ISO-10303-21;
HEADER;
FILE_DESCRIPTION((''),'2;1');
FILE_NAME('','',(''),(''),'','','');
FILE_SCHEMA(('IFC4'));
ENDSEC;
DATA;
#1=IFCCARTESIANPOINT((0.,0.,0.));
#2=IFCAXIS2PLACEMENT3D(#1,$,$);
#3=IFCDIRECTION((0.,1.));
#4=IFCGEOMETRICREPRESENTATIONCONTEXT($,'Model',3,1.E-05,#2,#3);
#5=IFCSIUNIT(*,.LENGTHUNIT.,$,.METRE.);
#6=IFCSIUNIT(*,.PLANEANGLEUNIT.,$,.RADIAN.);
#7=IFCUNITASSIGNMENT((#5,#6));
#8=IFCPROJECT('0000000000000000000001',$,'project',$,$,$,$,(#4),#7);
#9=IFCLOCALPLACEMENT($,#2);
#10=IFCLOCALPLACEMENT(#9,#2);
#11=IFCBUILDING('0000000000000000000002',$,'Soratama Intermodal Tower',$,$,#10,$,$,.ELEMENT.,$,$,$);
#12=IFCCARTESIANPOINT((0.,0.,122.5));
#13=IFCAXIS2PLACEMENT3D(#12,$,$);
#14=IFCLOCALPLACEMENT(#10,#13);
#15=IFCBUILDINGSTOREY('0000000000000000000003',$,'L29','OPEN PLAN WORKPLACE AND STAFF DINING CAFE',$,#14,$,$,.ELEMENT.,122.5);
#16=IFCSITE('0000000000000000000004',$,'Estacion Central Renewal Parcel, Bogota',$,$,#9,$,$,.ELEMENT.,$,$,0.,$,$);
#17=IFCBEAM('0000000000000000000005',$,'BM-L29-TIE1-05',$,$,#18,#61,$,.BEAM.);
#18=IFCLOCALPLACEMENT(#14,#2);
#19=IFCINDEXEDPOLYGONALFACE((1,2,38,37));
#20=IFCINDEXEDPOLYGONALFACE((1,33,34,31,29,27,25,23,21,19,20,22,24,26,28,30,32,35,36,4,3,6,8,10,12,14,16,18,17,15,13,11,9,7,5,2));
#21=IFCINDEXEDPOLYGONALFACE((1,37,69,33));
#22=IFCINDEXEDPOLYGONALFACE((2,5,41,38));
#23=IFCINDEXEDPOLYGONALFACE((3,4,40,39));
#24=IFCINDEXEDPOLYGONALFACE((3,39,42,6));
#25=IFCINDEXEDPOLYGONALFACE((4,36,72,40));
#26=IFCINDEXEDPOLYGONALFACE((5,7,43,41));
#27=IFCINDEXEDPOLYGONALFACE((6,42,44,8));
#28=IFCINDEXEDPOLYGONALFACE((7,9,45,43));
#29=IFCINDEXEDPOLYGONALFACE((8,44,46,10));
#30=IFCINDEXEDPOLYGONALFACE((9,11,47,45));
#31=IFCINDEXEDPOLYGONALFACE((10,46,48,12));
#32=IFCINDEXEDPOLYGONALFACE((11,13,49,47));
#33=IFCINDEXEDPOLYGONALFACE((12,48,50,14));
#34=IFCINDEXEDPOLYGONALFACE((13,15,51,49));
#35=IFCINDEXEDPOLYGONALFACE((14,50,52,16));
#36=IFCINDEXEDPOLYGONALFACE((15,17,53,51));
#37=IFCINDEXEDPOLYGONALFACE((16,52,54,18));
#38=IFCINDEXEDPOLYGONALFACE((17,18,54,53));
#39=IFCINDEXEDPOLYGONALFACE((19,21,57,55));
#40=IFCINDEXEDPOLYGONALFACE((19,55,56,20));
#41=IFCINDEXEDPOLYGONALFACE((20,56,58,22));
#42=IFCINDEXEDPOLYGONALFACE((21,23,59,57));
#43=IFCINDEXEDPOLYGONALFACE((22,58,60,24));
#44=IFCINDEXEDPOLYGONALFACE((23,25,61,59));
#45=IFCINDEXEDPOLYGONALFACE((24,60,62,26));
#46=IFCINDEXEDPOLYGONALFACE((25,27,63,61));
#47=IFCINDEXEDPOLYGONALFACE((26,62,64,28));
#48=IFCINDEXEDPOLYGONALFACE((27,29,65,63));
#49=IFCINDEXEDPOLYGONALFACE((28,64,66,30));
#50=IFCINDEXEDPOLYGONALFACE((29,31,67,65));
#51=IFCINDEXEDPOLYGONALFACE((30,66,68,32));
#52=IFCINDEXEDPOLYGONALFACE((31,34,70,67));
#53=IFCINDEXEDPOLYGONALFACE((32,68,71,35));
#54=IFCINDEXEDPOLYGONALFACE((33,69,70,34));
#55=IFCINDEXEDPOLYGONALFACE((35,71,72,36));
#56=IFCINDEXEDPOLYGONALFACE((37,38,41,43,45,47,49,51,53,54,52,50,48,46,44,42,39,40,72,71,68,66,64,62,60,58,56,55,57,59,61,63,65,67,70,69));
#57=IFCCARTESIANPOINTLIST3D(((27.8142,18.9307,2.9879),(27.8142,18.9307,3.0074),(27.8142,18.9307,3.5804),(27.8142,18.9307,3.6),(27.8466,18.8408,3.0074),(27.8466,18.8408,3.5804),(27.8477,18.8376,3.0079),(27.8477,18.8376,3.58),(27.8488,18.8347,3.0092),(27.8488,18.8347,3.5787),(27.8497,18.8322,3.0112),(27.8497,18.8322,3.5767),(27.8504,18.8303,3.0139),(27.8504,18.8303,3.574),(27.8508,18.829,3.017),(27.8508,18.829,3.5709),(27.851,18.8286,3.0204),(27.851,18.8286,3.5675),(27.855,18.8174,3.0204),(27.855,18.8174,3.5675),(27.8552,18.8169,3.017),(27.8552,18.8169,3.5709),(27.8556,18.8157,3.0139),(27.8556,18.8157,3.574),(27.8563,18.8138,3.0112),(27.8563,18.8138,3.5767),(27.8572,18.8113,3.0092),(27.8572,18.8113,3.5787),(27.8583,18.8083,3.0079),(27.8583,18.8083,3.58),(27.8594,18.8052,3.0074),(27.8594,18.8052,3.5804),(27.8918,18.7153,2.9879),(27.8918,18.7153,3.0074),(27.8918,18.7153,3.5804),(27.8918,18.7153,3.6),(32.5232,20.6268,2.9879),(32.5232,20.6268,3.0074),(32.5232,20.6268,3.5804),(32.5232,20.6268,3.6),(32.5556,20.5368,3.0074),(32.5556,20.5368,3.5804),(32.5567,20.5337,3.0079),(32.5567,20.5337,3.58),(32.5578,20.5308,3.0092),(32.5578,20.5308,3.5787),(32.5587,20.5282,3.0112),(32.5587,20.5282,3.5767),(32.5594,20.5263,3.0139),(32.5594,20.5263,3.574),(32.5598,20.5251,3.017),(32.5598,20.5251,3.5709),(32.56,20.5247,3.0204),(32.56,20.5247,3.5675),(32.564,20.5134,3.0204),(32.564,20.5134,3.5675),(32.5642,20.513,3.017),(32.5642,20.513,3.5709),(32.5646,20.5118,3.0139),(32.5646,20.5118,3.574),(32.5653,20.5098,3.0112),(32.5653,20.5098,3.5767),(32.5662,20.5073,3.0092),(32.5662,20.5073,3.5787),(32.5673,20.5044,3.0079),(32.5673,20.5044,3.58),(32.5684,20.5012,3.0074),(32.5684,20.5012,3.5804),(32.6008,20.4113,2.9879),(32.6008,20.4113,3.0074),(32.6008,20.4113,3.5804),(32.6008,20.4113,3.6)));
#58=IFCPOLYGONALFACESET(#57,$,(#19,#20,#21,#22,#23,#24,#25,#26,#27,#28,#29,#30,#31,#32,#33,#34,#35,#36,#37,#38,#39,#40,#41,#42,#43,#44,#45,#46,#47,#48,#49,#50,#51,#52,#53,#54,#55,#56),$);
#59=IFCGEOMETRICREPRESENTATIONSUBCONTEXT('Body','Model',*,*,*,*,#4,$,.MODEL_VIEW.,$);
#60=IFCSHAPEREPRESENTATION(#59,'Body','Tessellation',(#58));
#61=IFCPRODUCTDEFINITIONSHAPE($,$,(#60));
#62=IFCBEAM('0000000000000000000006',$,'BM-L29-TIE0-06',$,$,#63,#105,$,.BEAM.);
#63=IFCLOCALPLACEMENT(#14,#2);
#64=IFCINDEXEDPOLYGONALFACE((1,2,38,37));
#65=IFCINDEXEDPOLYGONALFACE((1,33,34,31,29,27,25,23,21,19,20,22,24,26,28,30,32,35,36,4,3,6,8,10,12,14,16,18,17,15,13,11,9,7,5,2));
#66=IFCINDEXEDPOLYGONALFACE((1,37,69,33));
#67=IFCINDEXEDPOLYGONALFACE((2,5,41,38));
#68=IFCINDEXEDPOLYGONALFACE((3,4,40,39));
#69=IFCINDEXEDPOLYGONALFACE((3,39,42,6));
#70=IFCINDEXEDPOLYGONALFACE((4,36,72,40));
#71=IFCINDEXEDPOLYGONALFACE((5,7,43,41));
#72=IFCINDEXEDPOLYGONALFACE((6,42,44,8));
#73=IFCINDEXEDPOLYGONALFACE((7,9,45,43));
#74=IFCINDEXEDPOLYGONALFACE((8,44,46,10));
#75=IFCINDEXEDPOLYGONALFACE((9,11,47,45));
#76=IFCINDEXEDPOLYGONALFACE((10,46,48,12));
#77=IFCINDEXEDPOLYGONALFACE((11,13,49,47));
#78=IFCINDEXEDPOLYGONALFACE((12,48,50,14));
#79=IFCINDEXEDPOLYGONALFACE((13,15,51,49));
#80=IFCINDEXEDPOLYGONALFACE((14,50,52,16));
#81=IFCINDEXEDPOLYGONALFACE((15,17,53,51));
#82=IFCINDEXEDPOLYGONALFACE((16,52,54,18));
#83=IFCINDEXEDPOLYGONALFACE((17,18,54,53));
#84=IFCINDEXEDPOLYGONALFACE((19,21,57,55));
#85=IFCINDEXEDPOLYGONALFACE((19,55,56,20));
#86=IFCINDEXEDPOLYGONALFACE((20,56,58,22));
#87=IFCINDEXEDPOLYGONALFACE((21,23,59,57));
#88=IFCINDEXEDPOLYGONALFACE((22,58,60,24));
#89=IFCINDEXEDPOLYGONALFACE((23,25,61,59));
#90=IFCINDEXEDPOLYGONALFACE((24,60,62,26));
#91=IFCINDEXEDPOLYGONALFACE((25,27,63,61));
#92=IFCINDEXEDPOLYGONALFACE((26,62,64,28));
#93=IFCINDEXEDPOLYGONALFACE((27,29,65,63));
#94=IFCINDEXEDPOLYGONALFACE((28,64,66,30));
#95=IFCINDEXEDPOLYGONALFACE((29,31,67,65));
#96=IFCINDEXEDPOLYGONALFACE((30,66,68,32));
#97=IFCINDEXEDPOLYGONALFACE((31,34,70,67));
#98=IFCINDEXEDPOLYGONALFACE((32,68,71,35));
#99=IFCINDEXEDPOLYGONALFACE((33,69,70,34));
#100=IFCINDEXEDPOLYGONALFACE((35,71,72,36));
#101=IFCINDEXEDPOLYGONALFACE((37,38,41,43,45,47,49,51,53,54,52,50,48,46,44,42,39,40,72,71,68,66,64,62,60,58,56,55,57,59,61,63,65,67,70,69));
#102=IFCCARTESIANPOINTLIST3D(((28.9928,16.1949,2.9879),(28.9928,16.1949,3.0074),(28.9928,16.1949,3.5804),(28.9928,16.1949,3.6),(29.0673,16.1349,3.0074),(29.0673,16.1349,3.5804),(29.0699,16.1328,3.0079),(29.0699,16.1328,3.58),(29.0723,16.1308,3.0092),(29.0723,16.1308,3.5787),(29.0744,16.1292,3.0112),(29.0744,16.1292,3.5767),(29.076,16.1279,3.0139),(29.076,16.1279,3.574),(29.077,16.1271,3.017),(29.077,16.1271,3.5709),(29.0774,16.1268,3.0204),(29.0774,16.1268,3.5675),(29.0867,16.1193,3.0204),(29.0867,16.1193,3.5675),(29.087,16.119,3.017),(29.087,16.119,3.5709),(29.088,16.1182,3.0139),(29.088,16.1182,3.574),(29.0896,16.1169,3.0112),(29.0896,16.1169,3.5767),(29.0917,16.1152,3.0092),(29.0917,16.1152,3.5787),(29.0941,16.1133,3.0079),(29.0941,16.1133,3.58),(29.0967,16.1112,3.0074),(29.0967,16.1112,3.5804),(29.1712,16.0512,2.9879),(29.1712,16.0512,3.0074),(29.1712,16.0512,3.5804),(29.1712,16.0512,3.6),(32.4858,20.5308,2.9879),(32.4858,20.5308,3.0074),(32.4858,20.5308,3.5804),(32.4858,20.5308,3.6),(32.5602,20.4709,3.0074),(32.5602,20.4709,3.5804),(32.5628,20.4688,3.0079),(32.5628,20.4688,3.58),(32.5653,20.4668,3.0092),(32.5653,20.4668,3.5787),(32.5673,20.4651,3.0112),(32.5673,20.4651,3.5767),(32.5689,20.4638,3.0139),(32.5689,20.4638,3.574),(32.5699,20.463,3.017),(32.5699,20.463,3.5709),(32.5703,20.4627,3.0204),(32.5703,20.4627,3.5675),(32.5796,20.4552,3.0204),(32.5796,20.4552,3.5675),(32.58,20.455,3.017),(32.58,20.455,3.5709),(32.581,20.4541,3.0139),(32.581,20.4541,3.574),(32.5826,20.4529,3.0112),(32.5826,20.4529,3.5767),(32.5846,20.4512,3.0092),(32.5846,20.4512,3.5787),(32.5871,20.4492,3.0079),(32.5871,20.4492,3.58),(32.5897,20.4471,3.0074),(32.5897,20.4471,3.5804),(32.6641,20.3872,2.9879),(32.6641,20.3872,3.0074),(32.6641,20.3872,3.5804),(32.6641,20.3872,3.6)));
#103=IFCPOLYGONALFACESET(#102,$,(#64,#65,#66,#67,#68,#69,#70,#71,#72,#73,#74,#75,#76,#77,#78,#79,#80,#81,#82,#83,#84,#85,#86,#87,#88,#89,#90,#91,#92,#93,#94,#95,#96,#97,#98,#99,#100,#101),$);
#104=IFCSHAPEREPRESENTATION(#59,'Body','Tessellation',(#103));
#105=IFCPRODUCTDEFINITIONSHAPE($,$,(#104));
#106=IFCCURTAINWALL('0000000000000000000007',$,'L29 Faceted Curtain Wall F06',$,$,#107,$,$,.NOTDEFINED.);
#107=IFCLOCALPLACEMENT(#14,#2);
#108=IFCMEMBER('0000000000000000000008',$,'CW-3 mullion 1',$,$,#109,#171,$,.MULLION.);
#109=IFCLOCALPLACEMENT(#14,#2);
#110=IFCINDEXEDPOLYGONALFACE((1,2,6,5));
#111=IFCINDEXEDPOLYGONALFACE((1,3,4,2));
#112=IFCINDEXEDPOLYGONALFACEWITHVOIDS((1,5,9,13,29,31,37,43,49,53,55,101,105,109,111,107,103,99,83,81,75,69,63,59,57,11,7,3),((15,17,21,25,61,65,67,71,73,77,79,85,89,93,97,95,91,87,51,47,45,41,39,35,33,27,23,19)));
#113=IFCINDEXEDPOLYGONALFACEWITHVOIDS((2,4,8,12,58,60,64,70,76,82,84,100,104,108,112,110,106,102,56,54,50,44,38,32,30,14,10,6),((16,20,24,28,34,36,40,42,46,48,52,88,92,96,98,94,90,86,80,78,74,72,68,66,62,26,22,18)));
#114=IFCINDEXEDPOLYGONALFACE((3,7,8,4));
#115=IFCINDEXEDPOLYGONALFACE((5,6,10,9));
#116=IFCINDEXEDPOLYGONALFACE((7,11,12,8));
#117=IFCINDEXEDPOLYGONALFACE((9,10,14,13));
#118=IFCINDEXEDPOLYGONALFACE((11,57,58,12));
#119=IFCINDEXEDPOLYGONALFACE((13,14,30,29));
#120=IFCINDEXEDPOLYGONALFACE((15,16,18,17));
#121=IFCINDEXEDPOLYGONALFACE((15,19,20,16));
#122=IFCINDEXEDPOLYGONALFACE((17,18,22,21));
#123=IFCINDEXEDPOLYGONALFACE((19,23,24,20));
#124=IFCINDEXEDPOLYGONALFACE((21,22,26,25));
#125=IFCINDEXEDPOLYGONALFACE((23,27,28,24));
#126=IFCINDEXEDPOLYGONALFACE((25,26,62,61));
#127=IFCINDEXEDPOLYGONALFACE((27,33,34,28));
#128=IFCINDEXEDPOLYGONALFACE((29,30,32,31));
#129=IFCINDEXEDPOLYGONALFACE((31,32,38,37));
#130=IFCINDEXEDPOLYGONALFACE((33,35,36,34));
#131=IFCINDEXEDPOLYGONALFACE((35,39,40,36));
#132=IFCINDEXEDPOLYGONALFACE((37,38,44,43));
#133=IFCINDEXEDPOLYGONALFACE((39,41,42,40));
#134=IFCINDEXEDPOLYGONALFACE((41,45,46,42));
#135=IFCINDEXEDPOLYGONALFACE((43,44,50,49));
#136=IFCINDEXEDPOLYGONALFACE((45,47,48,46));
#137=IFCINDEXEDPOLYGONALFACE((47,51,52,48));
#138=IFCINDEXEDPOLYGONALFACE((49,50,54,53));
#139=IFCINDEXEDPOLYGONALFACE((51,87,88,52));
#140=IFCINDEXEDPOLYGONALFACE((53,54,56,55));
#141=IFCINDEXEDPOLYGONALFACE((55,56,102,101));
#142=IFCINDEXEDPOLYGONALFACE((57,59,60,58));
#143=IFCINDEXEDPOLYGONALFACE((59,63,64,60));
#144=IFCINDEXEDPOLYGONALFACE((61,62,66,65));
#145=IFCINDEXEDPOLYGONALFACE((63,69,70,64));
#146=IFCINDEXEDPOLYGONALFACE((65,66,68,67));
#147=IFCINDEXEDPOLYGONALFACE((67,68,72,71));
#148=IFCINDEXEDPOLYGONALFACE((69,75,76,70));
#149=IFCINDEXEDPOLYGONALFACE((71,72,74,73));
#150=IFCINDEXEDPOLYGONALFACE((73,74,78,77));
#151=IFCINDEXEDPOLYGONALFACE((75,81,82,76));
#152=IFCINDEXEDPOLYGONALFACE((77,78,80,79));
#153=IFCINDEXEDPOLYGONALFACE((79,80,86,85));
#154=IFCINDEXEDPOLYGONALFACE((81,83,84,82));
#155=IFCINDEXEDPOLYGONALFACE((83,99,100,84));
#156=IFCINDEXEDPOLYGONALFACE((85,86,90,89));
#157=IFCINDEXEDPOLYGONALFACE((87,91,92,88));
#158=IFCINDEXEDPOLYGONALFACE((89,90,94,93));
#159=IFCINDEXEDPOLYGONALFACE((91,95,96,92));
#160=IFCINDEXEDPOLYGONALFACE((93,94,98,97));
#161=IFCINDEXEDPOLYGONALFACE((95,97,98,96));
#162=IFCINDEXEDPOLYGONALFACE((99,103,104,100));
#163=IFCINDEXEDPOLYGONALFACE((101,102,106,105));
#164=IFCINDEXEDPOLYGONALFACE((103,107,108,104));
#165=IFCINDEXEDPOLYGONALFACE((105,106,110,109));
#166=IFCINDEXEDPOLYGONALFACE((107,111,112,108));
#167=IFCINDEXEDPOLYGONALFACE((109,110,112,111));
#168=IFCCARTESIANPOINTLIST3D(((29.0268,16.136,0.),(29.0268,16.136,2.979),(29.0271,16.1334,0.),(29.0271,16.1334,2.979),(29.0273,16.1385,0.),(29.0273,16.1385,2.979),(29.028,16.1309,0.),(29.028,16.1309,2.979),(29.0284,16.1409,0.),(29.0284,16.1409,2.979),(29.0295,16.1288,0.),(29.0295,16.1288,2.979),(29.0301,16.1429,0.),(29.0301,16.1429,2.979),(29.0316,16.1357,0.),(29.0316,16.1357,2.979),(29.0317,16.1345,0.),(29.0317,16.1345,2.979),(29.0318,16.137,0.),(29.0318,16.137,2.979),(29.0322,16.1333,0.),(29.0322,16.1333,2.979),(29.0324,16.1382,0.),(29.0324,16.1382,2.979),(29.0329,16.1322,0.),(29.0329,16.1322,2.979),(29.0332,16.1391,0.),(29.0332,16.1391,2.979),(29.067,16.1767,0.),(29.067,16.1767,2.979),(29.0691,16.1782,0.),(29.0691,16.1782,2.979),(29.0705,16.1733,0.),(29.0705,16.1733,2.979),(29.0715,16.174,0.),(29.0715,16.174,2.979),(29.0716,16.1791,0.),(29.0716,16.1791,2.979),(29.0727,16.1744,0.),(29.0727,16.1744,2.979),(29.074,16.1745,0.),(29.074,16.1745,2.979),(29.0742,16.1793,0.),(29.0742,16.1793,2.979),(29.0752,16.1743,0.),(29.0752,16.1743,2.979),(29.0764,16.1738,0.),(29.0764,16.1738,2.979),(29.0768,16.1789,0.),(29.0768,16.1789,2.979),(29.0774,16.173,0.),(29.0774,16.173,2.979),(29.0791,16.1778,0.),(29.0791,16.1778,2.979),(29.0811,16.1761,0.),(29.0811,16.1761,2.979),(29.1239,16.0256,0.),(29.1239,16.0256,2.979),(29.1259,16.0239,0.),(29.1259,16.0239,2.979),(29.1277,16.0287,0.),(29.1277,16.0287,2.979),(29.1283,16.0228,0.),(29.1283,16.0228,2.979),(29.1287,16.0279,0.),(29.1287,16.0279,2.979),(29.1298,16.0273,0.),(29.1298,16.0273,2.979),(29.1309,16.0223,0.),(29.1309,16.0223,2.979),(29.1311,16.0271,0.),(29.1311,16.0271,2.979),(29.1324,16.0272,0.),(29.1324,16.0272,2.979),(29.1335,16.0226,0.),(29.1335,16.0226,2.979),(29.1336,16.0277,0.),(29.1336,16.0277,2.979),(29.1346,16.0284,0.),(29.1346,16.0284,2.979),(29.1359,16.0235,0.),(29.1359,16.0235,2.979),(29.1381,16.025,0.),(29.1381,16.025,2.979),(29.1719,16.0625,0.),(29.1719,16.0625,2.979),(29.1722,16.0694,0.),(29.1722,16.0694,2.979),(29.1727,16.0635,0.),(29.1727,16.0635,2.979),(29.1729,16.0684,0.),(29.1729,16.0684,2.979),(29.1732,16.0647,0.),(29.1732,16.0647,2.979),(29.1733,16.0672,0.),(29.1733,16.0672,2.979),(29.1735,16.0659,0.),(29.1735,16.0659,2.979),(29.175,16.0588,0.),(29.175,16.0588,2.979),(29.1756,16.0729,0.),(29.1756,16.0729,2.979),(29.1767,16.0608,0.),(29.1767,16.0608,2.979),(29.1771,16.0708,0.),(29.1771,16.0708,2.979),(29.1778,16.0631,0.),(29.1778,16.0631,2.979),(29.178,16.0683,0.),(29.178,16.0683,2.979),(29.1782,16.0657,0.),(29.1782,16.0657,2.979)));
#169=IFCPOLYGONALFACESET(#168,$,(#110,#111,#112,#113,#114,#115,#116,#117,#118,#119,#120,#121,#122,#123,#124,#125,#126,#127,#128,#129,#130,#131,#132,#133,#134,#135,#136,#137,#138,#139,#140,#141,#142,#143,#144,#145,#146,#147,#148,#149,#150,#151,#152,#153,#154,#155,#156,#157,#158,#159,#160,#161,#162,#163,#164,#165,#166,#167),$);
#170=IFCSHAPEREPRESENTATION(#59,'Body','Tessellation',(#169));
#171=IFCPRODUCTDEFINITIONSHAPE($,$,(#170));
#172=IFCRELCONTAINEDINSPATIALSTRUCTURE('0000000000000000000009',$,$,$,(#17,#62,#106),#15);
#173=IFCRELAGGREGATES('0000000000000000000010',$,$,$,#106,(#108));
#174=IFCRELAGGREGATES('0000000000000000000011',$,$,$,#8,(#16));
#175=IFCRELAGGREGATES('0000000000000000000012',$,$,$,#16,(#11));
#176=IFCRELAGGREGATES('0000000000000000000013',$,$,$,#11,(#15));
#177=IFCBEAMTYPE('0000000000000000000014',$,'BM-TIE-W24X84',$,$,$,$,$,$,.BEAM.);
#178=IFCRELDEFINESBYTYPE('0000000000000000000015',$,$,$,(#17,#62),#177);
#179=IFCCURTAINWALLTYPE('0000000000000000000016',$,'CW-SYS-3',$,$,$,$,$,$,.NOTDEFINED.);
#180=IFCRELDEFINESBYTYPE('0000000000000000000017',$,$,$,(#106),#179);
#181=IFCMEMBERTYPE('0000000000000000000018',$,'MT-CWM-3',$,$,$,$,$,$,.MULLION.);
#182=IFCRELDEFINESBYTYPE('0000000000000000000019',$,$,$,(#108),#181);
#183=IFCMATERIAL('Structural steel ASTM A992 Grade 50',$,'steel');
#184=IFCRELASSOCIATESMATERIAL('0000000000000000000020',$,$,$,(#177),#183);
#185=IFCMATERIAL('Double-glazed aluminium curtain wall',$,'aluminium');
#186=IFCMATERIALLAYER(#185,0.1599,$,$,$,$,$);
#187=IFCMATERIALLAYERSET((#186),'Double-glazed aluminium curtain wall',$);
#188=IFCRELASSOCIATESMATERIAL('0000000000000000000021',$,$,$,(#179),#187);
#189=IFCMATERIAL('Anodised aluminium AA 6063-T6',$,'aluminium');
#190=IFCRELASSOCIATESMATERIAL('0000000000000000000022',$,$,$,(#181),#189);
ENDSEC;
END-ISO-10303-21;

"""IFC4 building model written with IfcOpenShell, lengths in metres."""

from ifc_helpers import new_model, si_unit, direction, frame, origin, origin_2d, place, context, subcontext, project, spatial, hollow_rectangle, i_section, extrude, material, layer, layer_set, material_profile, profile_set, type_object, element, aggregate, save


model = new_model("IFC4")

# Units and contexts
model_context = context("Model", 3, precision=1e-05, world=origin(), true_north=direction((0.0, 1.0)))
body_context = subcontext(model_context, "Body", "Model", "MODEL_VIEW")
ifc_project = project(units=[si_unit("LENGTHUNIT", "METRE"), si_unit("PLANEANGLEUNIT", "RADIAN")], contexts=[model_context])

# Site, building, storey
site_placement = place(None, origin())
site = spatial("IfcSite", under=ifc_project, at=site_placement, Name="Estacion Central Renewal Parcel, Bogota", CompositionType="ELEMENT", RefElevation=0.0)
building_placement = place(site_placement, origin())
building = spatial("IfcBuilding", under=site, at=building_placement, Name="Soratama Intermodal Tower", CompositionType="ELEMENT")
storey_placement = place(building_placement, frame((0.0, 0.0, 122.5)))
storey = spatial("IfcBuildingStorey", under=building, at=storey_placement, Name="L29", Description="OPEN PLAN WORKPLACE AND STAFF DINING CAFE", CompositionType="ELEMENT", Elevation=122.5)

# Beams
ifc_material_1 = material(Name="Structural steel ASTM A992 Grade 50", Category="steel")
ifc_material_profile_1 = material_profile(ifc_material_1, i_section(OverallWidth=0.229, OverallDepth=0.6121, WebThickness=0.012, FlangeThickness=0.0195, FilletRadius=0.0129, at=origin_2d()), Name="W24X84")
ifc_profile_set_1 = profile_set([ifc_material_profile_1], Name="Structural steel ASTM A992 Grade 50")
beam_type_1 = type_object("IfcBeamType", Name="BM-TIE-W24X84", PredefinedType="BEAM", material=ifc_profile_set_1)
beam_1_placement = place(storey_placement, frame((32.562, 20.519, 3.2939), z_axis=(-0.940836, -0.338863, 0.0), x_axis=(0.338863, -0.940836, 0.0)))
element("IfcBeam", 1, at=beam_1_placement, inside=storey, type_object=beam_type_1, Name="BM-L29-TIE1-05", PredefinedType="BEAM", context=body_context, shape_type="SweptSolid", body=[
    extrude(i_section(OverallWidth=0.229, OverallDepth=0.6121, WebThickness=0.012, FlangeThickness=0.0195, FilletRadius=0.0129, at=origin_2d()), origin(), (0.0, 0.0, 1.0), 5.0051),
])
beam_2_placement = place(storey_placement, frame((32.575, 20.459, 3.2939), z_axis=(-0.627338, -0.778747, 0.0), x_axis=(0.778747, -0.627338, 0.0)))
element("IfcBeam", 2, at=beam_2_placement, inside=storey, type_object=beam_type_1, Name="BM-L29-TIE0-06", PredefinedType="BEAM", context=body_context, shape_type="SweptSolid", body=[
    extrude(i_section(OverallWidth=0.229, OverallDepth=0.6121, WebThickness=0.012, FlangeThickness=0.0195, FilletRadius=0.0129, at=origin_2d()), origin(), (0.0, 0.0, 1.0), 5.5679),
])

# Curtain wall, member
ifc_material_2 = material(Name="Double-glazed aluminium curtain wall", Category="aluminium")
ifc_layer_1 = layer(ifc_material_2, 0.1599)
ifc_layer_set_1 = layer_set([ifc_layer_1], Name="Double-glazed aluminium curtain wall")
curtain_wall_type = type_object("IfcCurtainWallType", Name="CW-SYS-3", PredefinedType="NOTDEFINED", material=ifc_layer_set_1)
curtain_wall_placement = place(storey_placement, origin())
curtain_wall = element("IfcCurtainWall", 3, at=curtain_wall_placement, inside=storey, type_object=curtain_wall_type, Name="L29 Faceted Curtain Wall F06", PredefinedType="NOTDEFINED")
ifc_material_3 = material(Name="Anodised aluminium AA 6063-T6", Category="aluminium")
ifc_material_profile_2 = material_profile(ifc_material_3, hollow_rectangle(XDim=0.0701, YDim=0.1599, WallThickness=0.0049, InnerFilletRadius=0.0049, OuterFilletRadius=0.01, at=origin_2d()), Name="CWM160X70X5")
ifc_profile_set_2 = profile_set([ifc_material_profile_2], Name="Anodised aluminium AA 6063-T6")
member_type_1 = type_object("IfcMemberType", Name="MT-CWM-3", PredefinedType="MULLION", material=ifc_profile_set_2)
member_1_placement = place(storey_placement, frame((29.1025, 16.1008, 0.0), z_axis=(0.0, 0.0, 1.0), x_axis=(0.737516, 0.67533, 0.0)))
member_1 = element("IfcMember", 4, at=member_1_placement, type_object=member_type_1, Name="CW-3 mullion 1", PredefinedType="MULLION", context=body_context, shape_type="SweptSolid", body=[
    extrude(hollow_rectangle(XDim=0.0701, YDim=0.1599, WallThickness=0.0049, InnerFilletRadius=0.0049, OuterFilletRadius=0.01, at=origin_2d()), origin(), (0.0, 0.0, 1.0), 2.979),
])
aggregate(curtain_wall, [member_1])

save(model, "model.ifc")
